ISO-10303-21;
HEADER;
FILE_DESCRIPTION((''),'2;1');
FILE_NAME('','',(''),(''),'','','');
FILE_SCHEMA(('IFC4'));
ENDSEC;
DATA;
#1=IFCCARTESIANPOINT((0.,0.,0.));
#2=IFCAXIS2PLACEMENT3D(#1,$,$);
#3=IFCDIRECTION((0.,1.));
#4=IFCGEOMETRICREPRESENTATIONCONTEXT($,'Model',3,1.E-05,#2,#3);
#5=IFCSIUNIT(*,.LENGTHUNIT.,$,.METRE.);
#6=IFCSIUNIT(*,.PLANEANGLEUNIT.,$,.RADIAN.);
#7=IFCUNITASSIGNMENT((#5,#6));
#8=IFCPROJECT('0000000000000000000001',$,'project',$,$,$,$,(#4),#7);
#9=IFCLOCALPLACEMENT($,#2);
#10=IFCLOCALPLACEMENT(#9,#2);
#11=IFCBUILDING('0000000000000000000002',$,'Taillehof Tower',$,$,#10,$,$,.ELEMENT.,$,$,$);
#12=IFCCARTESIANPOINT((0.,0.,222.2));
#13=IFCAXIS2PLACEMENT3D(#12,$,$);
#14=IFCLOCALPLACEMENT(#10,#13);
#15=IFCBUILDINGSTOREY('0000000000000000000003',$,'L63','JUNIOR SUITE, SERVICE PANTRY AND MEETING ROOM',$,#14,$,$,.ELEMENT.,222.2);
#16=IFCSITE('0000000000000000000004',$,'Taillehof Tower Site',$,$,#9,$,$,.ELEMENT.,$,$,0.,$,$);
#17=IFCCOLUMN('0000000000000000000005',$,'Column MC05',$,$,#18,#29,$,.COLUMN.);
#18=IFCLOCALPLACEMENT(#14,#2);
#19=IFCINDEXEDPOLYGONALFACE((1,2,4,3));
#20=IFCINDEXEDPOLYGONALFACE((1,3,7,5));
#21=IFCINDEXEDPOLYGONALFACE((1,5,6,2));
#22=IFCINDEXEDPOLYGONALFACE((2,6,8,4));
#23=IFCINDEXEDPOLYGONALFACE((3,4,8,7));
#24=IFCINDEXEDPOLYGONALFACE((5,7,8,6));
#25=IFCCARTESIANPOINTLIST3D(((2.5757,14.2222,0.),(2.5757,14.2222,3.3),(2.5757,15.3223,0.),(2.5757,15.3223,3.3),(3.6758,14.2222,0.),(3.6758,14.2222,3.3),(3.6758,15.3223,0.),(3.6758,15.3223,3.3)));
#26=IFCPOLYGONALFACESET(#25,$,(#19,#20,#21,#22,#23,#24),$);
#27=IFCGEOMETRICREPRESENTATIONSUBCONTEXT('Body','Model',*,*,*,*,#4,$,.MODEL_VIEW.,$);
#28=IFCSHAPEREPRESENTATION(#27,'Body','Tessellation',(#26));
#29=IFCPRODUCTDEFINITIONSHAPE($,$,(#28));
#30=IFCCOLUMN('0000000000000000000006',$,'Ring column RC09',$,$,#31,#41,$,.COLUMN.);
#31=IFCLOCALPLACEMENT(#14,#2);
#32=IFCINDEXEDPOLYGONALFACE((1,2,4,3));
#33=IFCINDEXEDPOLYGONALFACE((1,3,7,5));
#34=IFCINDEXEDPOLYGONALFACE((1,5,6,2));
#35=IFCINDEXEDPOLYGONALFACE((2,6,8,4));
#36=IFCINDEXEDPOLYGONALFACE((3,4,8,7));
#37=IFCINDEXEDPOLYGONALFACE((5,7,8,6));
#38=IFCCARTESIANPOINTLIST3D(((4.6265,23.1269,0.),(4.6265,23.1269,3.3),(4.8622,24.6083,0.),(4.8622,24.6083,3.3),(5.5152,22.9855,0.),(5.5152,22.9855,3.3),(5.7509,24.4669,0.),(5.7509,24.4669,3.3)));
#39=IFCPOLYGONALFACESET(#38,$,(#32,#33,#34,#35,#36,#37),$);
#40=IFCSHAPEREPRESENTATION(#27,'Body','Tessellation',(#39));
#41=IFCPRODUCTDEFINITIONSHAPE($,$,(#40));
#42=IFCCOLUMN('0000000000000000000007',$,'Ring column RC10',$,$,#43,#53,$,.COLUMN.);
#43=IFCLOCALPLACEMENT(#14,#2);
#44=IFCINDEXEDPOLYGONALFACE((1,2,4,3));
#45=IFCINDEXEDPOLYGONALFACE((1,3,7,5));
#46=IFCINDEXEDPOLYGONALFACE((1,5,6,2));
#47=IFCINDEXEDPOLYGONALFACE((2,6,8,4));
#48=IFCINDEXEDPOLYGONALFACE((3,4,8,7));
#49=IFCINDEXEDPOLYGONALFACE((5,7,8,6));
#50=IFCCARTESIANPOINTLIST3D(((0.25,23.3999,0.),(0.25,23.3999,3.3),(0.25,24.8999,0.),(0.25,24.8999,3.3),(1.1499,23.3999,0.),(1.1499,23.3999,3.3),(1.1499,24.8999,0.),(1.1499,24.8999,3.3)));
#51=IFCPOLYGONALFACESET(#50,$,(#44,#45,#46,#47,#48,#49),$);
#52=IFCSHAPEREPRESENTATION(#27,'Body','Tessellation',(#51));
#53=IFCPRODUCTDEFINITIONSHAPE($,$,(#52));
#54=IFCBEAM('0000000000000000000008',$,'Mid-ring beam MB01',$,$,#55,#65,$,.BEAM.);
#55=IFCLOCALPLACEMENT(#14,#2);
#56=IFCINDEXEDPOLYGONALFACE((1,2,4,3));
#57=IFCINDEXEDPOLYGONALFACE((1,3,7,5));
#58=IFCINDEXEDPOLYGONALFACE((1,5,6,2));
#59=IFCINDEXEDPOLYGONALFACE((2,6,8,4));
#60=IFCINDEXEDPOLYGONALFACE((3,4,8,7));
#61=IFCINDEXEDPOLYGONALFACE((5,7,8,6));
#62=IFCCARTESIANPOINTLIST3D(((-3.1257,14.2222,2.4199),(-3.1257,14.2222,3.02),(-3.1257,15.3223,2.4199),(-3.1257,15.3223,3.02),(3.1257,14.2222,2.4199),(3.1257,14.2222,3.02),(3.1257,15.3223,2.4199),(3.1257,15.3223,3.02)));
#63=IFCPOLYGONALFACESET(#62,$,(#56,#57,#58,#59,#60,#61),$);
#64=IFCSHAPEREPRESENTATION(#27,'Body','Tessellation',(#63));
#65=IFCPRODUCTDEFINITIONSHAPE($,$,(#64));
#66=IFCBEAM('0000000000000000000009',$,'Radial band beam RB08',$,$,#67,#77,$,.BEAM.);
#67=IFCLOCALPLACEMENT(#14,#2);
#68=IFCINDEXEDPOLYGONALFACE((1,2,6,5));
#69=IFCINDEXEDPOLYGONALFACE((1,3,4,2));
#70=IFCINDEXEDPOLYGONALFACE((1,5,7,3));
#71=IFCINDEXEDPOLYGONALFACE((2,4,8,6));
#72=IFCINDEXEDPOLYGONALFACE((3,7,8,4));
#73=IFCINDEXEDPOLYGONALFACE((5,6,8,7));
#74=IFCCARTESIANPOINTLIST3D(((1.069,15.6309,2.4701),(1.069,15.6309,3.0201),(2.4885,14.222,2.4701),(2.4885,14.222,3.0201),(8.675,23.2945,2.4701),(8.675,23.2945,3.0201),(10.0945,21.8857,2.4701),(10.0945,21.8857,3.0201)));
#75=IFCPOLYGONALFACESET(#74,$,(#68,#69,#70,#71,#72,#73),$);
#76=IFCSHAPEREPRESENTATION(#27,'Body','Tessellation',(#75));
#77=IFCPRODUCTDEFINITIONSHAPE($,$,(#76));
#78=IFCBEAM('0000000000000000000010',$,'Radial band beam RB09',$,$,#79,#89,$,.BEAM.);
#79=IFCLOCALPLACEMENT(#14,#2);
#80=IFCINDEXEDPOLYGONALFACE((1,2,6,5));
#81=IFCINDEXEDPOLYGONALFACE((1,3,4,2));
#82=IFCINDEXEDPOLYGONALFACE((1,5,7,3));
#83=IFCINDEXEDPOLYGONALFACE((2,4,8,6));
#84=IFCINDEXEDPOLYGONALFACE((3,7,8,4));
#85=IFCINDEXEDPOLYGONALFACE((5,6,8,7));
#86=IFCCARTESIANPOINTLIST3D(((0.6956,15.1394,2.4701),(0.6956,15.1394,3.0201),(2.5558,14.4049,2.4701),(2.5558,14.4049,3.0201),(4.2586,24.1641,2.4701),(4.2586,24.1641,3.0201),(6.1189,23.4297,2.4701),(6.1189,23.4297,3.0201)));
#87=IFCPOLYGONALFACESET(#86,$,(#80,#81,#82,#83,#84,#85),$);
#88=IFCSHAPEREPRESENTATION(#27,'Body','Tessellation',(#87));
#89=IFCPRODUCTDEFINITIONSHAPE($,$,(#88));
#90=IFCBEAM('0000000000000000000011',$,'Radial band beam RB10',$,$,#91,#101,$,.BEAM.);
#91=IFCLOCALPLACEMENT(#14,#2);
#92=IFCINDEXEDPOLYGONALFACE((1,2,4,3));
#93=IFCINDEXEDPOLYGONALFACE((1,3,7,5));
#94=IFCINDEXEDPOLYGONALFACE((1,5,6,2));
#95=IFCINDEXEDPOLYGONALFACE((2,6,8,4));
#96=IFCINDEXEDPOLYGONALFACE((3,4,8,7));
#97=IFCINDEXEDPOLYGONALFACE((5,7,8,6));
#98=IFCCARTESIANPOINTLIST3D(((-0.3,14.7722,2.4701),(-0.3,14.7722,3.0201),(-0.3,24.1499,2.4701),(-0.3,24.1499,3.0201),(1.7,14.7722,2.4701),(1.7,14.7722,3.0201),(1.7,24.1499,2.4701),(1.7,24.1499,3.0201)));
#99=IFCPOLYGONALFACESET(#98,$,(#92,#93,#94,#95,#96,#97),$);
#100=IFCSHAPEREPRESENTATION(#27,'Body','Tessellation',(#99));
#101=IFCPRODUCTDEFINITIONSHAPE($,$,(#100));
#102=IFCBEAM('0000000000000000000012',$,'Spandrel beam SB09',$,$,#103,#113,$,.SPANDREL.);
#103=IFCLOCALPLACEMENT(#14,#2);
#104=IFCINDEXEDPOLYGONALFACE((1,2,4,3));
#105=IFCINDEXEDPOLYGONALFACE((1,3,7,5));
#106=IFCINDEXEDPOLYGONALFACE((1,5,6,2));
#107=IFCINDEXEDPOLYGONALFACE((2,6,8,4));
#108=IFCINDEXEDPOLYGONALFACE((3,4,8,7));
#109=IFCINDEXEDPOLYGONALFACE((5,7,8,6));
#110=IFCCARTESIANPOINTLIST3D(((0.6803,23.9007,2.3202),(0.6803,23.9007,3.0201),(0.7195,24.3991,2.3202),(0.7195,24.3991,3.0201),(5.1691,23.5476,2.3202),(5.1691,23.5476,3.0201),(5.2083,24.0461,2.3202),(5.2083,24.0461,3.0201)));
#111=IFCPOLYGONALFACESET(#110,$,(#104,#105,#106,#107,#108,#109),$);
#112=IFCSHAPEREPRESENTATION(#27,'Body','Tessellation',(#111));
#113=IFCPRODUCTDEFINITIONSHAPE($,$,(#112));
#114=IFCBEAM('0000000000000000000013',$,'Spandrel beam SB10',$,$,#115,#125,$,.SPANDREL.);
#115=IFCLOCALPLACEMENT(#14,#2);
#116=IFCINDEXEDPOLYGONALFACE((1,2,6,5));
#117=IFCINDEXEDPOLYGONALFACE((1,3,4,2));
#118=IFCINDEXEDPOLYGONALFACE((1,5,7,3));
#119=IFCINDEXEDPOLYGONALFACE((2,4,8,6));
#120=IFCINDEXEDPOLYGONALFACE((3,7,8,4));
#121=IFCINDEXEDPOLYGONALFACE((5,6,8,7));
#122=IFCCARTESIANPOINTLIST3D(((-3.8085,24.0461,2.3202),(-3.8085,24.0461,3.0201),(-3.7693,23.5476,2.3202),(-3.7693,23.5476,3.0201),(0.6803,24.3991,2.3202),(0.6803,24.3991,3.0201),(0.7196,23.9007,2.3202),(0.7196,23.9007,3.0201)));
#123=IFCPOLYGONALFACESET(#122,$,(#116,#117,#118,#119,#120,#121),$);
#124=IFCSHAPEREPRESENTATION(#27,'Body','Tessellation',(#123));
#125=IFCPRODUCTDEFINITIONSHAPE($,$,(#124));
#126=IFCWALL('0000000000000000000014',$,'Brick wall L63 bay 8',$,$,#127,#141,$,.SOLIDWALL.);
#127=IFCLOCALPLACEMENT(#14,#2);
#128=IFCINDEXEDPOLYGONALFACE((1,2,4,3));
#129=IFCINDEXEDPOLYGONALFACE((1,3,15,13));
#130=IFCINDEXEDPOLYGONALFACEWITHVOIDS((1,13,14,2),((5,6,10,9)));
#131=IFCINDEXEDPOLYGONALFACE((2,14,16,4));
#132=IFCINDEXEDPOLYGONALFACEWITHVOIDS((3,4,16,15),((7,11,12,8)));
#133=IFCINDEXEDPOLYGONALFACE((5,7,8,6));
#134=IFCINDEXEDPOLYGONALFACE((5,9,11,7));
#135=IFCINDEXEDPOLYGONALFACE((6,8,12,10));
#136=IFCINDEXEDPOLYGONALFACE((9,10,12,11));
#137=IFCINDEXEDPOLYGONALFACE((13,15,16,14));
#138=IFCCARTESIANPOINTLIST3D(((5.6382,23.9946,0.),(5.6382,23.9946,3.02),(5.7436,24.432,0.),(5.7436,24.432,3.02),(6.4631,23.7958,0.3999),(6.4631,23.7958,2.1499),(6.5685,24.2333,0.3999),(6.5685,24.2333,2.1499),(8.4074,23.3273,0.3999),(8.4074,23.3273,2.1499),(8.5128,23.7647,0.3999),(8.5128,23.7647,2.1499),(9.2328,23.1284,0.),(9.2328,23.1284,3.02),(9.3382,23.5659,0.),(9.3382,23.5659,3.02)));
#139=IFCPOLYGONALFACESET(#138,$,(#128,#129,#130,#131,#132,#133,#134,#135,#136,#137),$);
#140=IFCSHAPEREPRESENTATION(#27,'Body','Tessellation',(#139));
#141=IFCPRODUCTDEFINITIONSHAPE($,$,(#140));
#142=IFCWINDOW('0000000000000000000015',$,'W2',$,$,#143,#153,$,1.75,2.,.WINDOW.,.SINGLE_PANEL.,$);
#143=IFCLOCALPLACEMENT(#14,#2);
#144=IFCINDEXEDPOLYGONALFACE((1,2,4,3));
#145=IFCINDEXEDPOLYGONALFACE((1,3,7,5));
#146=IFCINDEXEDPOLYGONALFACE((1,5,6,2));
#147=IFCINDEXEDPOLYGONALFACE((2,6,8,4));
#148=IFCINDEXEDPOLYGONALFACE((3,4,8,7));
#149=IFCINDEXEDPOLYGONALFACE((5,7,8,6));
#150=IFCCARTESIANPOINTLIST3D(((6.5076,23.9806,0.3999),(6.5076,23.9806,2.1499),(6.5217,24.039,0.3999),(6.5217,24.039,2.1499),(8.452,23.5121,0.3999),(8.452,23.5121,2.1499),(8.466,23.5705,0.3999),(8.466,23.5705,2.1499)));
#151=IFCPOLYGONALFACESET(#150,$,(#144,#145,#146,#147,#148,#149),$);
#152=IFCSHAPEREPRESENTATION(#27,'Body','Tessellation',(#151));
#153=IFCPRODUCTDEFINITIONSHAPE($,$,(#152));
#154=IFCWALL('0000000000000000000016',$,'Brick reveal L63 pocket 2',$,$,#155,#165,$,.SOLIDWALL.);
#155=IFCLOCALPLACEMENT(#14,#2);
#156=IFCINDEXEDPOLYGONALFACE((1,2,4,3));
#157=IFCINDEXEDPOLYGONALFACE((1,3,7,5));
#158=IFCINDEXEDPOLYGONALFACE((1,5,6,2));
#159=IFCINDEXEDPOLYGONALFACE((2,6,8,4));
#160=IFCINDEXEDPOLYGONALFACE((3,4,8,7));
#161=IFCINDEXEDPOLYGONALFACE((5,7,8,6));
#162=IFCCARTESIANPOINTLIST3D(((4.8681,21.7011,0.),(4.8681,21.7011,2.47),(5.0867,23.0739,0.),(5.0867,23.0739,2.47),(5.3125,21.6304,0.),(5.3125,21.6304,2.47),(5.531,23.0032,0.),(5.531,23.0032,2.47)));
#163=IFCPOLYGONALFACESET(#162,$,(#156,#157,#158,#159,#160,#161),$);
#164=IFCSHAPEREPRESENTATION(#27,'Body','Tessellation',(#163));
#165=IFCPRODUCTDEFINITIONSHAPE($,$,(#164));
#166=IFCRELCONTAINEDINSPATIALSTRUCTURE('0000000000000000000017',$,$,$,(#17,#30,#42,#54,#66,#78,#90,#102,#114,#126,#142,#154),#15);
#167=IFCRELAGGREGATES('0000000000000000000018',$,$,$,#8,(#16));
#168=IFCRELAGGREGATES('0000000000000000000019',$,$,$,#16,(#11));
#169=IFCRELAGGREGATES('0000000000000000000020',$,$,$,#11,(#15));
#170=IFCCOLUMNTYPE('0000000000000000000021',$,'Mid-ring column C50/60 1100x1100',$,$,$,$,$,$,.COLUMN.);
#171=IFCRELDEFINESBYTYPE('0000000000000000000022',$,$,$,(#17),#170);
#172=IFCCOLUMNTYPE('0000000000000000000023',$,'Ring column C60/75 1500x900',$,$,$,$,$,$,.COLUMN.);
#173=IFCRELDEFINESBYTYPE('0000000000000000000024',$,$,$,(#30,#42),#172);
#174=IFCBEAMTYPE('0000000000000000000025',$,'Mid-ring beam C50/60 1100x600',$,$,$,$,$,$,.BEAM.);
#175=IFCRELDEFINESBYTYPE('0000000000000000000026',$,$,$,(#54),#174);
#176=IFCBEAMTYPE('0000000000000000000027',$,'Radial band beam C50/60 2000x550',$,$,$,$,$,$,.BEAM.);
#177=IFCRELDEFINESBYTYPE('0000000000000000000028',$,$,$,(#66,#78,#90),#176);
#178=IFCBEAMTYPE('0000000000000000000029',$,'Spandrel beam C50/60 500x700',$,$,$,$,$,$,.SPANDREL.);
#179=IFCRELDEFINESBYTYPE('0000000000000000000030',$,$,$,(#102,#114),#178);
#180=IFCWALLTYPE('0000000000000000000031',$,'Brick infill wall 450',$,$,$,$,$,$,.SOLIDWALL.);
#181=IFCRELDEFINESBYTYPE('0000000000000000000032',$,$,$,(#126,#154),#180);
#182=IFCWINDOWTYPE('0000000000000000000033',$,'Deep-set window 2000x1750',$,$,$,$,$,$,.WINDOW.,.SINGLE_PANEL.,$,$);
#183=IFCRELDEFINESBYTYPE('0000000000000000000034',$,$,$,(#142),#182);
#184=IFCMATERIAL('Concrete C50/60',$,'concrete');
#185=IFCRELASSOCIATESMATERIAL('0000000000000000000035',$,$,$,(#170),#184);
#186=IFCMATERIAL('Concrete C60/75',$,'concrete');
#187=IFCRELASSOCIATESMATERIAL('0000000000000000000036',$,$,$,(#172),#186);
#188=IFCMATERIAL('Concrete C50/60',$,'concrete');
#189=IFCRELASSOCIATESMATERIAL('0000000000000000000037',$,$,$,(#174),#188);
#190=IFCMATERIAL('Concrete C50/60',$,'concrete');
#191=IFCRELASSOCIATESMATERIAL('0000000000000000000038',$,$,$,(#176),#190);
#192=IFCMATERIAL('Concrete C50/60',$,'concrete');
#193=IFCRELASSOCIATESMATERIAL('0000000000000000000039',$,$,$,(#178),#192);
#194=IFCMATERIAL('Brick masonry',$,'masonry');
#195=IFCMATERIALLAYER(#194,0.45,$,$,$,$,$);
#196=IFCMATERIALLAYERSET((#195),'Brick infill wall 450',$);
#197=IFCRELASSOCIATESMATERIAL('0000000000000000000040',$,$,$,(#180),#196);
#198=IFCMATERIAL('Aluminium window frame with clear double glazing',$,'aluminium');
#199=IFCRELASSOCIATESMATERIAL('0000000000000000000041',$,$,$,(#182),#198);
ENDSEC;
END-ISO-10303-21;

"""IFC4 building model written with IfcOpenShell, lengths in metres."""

from ifc_helpers import new_model, si_unit, direction, frame, frame_2d, origin, origin_2d, place, context, subcontext, project, spatial, rectangle, extrude, material, layer, layer_set, material_profile, profile_set, type_object, element, fill, save


model = new_model("IFC4")

# Units and contexts
model_context = context("Model", 3, precision=1e-05, world=origin(), true_north=direction((0.0, 1.0)))
body_context = subcontext(model_context, "Body", "Model", "MODEL_VIEW")
ifc_project = project(units=[si_unit("LENGTHUNIT", "METRE"), si_unit("PLANEANGLEUNIT", "RADIAN")], contexts=[model_context])

# Site, building, storey
site_placement = place(None, origin())
site = spatial("IfcSite", under=ifc_project, at=site_placement, Name="Taillehof Tower Site", CompositionType="ELEMENT", RefElevation=0.0)
building_placement = place(site_placement, origin())
building = spatial("IfcBuilding", under=site, at=building_placement, Name="Taillehof Tower", CompositionType="ELEMENT")
storey_placement = place(building_placement, frame((0.0, 0.0, 222.2)))
storey = spatial("IfcBuildingStorey", under=building, at=storey_placement, Name="L63", Description="JUNIOR SUITE, SERVICE PANTRY AND MEETING ROOM", CompositionType="ELEMENT", Elevation=222.2)

# Columns
ifc_material_1 = material(Name="Concrete C50/60", Category="concrete")
ifc_material_profile_1 = material_profile(ifc_material_1, rectangle(XDim=1.1001, YDim=1.1001, at=origin_2d()), Name="RC 1100x1100")
ifc_profile_set_1 = profile_set([ifc_material_profile_1], Name="Concrete C50/60")
column_type_1 = type_object("IfcColumnType", Name="Mid-ring column C50/60 1100x1100", PredefinedType="COLUMN", material=ifc_profile_set_1)
column_placement = place(storey_placement, frame((3.1257, 14.7722, 0.0), z_axis=(0.0, 0.0, 1.0), x_axis=(1.0, 0.0, 0.0)))
element("IfcColumn", 1, at=column_placement, inside=storey, type_object=column_type_1, Name="Column MC05", PredefinedType="COLUMN", context=body_context, shape_type="SweptSolid", body=[
    extrude(rectangle(XDim=1.1001, YDim=1.1001, at=origin_2d()), origin(), (0.0, 0.0, 1.0), 3.3),
])
ifc_material_2 = material(Name="Concrete C60/75", Category="concrete")
ifc_material_profile_2 = material_profile(ifc_material_2, rectangle(XDim=1.5, YDim=0.8999, at=origin_2d()), Name="RC 1500x900")
ifc_profile_set_2 = profile_set([ifc_material_profile_2], Name="Concrete C60/75")
column_type_2 = type_object("IfcColumnType", Name="Ring column C60/75 1500x900", PredefinedType="COLUMN", material=ifc_profile_set_2)
for number, where, z_axis, x_axis, name in (
    (2, (5.1887, 23.7969, 0.0), (0.0, 0.0, 1.0), (0.157116, 0.98758, 0.0), "Ring column RC09"),
    (3, (0.7, 24.1499, 0.0), (0.0, 0.0, 1.0), (0.0, 1.0, 0.0), "Ring column RC10"),
):
    element("IfcColumn", number, at=place(storey_placement, frame(where, z_axis=z_axis, x_axis=x_axis)), inside=storey, type_object=column_type_2, Name=name, PredefinedType="COLUMN", context=body_context, shape_type="SweptSolid", body=[
        extrude(rectangle(XDim=1.5, YDim=0.8999, at=origin_2d()), origin(), (0.0, 0.0, 1.0), 3.3),
    ])

# Beams
ifc_material_3 = material(Name="Concrete C50/60", Category="concrete")
ifc_material_profile_3 = material_profile(ifc_material_3, rectangle(XDim=1.1001, YDim=0.6001, at=origin_2d()), Name="RC 1100x600")
ifc_profile_set_3 = profile_set([ifc_material_profile_3], Name="Concrete C50/60")
beam_type_1 = type_object("IfcBeamType", Name="Mid-ring beam C50/60 1100x600", PredefinedType="BEAM", material=ifc_profile_set_3)
beam_1_placement = place(storey_placement, frame((3.1257, 14.7722, 2.72), z_axis=(-1.0, 0.0, 0.0), x_axis=(0.0, -1.0, 0.0)))
element("IfcBeam", 4, at=beam_1_placement, inside=storey, type_object=beam_type_1, Name="Mid-ring beam MB01", PredefinedType="BEAM", context=body_context, shape_type="SweptSolid", body=[
    extrude(rectangle(XDim=1.1001, YDim=0.6001, at=origin_2d()), origin(), (0.0, 0.0, 1.0), 6.2515),
])
ifc_material_4 = material(Name="Concrete C50/60", Category="concrete")
ifc_material_profile_4 = material_profile(ifc_material_4, rectangle(XDim=2.0, YDim=0.55, at=origin_2d()), Name="RC 2000x550")
ifc_profile_set_4 = profile_set([ifc_material_profile_4], Name="Concrete C50/60")
beam_type_2 = type_object("IfcBeamType", Name="Radial band beam C50/60 2000x550", PredefinedType="BEAM", material=ifc_profile_set_4)
beam_2_placement = place(storey_placement, frame((9.3848, 22.5901, 2.7451), z_axis=(-0.704434, -0.70977, 0.0), x_axis=(0.70977, -0.704434, 0.0)))
element("IfcBeam", 5, at=beam_2_placement, inside=storey, type_object=beam_type_2, Name="Radial band beam RB08", PredefinedType="BEAM", context=body_context, shape_type="SweptSolid", body=[
    extrude(rectangle(XDim=2.0, YDim=0.55, at=origin_2d()), origin(), (0.0, 0.0, 1.0), 10.7974),
])
beam_3_placement = place(storey_placement, frame((5.1887, 23.7969, 2.7451), z_axis=(-0.367222, -0.930133, 0.0), x_axis=(0.930133, -0.367222, 0.0)))
element("IfcBeam", 6, at=beam_3_placement, inside=storey, type_object=beam_type_2, Name="Radial band beam RB09", PredefinedType="BEAM", context=body_context, shape_type="SweptSolid", body=[
    extrude(rectangle(XDim=2.0, YDim=0.55, at=origin_2d()), origin(), (0.0, 0.0, 1.0), 9.7026),
])
beam_4_placement = place(storey_placement, frame((0.7, 24.1499, 2.7451), z_axis=(0.0, -1.0, 0.0), x_axis=(1.0, 0.0, 0.0)))
element("IfcBeam", 7, at=beam_4_placement, inside=storey, type_object=beam_type_2, Name="Radial band beam RB10", PredefinedType="BEAM", context=body_context, shape_type="SweptSolid", body=[
    extrude(rectangle(XDim=2.0, YDim=0.55, at=origin_2d()), origin(), (0.0, 0.0, 1.0), 9.3777),
])
ifc_material_5 = material(Name="Concrete C50/60", Category="concrete")
ifc_material_profile_5 = material_profile(ifc_material_5, rectangle(XDim=0.5, YDim=0.7, at=origin_2d()), Name="RC 500x700")
ifc_profile_set_5 = profile_set([ifc_material_profile_5], Name="Concrete C50/60")
beam_type_3 = type_object("IfcBeamType", Name="Spandrel beam C50/60 500x700", PredefinedType="SPANDREL", material=ifc_profile_set_5)
for number, where, z_axis, x_axis, name in (
    (8, (5.1887, 23.7969, 2.6702), (-0.996922, 0.078405, 0.0), (-0.078405, -0.996922, 0.0), "Spandrel beam SB09"),
    (9, (0.7, 24.1499, 2.6702), (-0.996922, -0.078405, 0.0), (0.078405, -0.996922, 0.0), "Spandrel beam SB10"),
):
    element("IfcBeam", number, at=place(storey_placement, frame(where, z_axis=z_axis, x_axis=x_axis)), inside=storey, type_object=beam_type_3, Name=name, PredefinedType="SPANDREL", context=body_context, shape_type="SweptSolid", body=[
        extrude(rectangle(XDim=0.5, YDim=0.7, at=origin_2d()), origin(), (0.0, 0.0, 1.0), 4.5027),
    ])

# Wall, opening, window
ifc_material_6 = material(Name="Brick masonry", Category="masonry")
ifc_layer_1 = layer(ifc_material_6, 0.45)
ifc_layer_set_1 = layer_set([ifc_layer_1], Name="Brick infill wall 450")
wall_type_1 = type_object("IfcWallType", Name="Brick infill wall 450", PredefinedType="SOLIDWALL", material=ifc_layer_set_1)
wall_1_placement = place(storey_placement, frame((9.2854, 23.3472, 0.0), z_axis=(0.0, 0.0, 1.0), x_axis=(-0.972174, 0.234262, 0.0)))
wall_1 = element("IfcWall", 10, at=wall_1_placement, inside=storey, type_object=wall_type_1, Name="Brick wall L63 bay 8", PredefinedType="SOLIDWALL", context=body_context, shape_type="SweptSolid", body=[
    extrude(rectangle(XDim=3.6975, YDim=0.45, at=frame_2d((1.8486, 0.0))), origin(), (0.0, 0.0, 1.0), 3.02),
])
opening_1_placement = place(wall_1_placement, frame((0.8489, 0.0, 0.3999)))
opening_1 = element("IfcOpeningElement", 11, at=opening_1_placement, cuts=wall_1, PredefinedType="OPENING", context=body_context, shape_type="SweptSolid", body=[
    extrude(rectangle(XDim=2.0, YDim=1.75, at=frame_2d((1.0, 0.875))), frame((0.0, 0.2349, 0.0), z_axis=(0.0, -1.0, 0.0), x_axis=(1.0, 0.0, 0.0)), (0.0, 0.0, 1.0), 0.47),
])
ifc_material_7 = material(Name="Aluminium window frame with clear double glazing", Category="aluminium")
window_type_1 = type_object("IfcWindowType", Name="Deep-set window 2000x1750", PartitioningType="SINGLE_PANEL", PredefinedType="WINDOW", material=ifc_material_7)
window_1_placement = place(opening_1_placement, origin())
window_1 = element("IfcWindow", 12, at=window_1_placement, inside=storey, type_object=window_type_1, Name="W2", OverallHeight=1.75, OverallWidth=2.0, PartitioningType="SINGLE_PANEL", PredefinedType="WINDOW", context=body_context, shape_type="SweptSolid", body=[
    extrude(rectangle(XDim=2.0, YDim=1.75, at=frame_2d((1.0, 0.875))), frame((0.0, 0.0349, 0.0), z_axis=(0.0, -1.0, 0.0), x_axis=(1.0, 0.0, 0.0)), (0.0, 0.0, 1.0), 0.0601),
])
fill(opening_1, window_1)

# Wall
wall_2_placement = place(storey_placement, frame((5.3088, 23.0386, 0.0), z_axis=(0.0, 0.0, 1.0), x_axis=(-0.157189, -0.987569, 0.0)))
element("IfcWall", 13, at=wall_2_placement, inside=storey, type_object=wall_type_1, Name="Brick reveal L63 pocket 2", PredefinedType="SOLIDWALL", context=body_context, shape_type="SweptSolid", body=[
    extrude(rectangle(XDim=1.3901, YDim=0.45, at=frame_2d((0.6951, 0.0))), origin(), (0.0, 0.0, 1.0), 2.47),
])

save(model, "model.ifc")
